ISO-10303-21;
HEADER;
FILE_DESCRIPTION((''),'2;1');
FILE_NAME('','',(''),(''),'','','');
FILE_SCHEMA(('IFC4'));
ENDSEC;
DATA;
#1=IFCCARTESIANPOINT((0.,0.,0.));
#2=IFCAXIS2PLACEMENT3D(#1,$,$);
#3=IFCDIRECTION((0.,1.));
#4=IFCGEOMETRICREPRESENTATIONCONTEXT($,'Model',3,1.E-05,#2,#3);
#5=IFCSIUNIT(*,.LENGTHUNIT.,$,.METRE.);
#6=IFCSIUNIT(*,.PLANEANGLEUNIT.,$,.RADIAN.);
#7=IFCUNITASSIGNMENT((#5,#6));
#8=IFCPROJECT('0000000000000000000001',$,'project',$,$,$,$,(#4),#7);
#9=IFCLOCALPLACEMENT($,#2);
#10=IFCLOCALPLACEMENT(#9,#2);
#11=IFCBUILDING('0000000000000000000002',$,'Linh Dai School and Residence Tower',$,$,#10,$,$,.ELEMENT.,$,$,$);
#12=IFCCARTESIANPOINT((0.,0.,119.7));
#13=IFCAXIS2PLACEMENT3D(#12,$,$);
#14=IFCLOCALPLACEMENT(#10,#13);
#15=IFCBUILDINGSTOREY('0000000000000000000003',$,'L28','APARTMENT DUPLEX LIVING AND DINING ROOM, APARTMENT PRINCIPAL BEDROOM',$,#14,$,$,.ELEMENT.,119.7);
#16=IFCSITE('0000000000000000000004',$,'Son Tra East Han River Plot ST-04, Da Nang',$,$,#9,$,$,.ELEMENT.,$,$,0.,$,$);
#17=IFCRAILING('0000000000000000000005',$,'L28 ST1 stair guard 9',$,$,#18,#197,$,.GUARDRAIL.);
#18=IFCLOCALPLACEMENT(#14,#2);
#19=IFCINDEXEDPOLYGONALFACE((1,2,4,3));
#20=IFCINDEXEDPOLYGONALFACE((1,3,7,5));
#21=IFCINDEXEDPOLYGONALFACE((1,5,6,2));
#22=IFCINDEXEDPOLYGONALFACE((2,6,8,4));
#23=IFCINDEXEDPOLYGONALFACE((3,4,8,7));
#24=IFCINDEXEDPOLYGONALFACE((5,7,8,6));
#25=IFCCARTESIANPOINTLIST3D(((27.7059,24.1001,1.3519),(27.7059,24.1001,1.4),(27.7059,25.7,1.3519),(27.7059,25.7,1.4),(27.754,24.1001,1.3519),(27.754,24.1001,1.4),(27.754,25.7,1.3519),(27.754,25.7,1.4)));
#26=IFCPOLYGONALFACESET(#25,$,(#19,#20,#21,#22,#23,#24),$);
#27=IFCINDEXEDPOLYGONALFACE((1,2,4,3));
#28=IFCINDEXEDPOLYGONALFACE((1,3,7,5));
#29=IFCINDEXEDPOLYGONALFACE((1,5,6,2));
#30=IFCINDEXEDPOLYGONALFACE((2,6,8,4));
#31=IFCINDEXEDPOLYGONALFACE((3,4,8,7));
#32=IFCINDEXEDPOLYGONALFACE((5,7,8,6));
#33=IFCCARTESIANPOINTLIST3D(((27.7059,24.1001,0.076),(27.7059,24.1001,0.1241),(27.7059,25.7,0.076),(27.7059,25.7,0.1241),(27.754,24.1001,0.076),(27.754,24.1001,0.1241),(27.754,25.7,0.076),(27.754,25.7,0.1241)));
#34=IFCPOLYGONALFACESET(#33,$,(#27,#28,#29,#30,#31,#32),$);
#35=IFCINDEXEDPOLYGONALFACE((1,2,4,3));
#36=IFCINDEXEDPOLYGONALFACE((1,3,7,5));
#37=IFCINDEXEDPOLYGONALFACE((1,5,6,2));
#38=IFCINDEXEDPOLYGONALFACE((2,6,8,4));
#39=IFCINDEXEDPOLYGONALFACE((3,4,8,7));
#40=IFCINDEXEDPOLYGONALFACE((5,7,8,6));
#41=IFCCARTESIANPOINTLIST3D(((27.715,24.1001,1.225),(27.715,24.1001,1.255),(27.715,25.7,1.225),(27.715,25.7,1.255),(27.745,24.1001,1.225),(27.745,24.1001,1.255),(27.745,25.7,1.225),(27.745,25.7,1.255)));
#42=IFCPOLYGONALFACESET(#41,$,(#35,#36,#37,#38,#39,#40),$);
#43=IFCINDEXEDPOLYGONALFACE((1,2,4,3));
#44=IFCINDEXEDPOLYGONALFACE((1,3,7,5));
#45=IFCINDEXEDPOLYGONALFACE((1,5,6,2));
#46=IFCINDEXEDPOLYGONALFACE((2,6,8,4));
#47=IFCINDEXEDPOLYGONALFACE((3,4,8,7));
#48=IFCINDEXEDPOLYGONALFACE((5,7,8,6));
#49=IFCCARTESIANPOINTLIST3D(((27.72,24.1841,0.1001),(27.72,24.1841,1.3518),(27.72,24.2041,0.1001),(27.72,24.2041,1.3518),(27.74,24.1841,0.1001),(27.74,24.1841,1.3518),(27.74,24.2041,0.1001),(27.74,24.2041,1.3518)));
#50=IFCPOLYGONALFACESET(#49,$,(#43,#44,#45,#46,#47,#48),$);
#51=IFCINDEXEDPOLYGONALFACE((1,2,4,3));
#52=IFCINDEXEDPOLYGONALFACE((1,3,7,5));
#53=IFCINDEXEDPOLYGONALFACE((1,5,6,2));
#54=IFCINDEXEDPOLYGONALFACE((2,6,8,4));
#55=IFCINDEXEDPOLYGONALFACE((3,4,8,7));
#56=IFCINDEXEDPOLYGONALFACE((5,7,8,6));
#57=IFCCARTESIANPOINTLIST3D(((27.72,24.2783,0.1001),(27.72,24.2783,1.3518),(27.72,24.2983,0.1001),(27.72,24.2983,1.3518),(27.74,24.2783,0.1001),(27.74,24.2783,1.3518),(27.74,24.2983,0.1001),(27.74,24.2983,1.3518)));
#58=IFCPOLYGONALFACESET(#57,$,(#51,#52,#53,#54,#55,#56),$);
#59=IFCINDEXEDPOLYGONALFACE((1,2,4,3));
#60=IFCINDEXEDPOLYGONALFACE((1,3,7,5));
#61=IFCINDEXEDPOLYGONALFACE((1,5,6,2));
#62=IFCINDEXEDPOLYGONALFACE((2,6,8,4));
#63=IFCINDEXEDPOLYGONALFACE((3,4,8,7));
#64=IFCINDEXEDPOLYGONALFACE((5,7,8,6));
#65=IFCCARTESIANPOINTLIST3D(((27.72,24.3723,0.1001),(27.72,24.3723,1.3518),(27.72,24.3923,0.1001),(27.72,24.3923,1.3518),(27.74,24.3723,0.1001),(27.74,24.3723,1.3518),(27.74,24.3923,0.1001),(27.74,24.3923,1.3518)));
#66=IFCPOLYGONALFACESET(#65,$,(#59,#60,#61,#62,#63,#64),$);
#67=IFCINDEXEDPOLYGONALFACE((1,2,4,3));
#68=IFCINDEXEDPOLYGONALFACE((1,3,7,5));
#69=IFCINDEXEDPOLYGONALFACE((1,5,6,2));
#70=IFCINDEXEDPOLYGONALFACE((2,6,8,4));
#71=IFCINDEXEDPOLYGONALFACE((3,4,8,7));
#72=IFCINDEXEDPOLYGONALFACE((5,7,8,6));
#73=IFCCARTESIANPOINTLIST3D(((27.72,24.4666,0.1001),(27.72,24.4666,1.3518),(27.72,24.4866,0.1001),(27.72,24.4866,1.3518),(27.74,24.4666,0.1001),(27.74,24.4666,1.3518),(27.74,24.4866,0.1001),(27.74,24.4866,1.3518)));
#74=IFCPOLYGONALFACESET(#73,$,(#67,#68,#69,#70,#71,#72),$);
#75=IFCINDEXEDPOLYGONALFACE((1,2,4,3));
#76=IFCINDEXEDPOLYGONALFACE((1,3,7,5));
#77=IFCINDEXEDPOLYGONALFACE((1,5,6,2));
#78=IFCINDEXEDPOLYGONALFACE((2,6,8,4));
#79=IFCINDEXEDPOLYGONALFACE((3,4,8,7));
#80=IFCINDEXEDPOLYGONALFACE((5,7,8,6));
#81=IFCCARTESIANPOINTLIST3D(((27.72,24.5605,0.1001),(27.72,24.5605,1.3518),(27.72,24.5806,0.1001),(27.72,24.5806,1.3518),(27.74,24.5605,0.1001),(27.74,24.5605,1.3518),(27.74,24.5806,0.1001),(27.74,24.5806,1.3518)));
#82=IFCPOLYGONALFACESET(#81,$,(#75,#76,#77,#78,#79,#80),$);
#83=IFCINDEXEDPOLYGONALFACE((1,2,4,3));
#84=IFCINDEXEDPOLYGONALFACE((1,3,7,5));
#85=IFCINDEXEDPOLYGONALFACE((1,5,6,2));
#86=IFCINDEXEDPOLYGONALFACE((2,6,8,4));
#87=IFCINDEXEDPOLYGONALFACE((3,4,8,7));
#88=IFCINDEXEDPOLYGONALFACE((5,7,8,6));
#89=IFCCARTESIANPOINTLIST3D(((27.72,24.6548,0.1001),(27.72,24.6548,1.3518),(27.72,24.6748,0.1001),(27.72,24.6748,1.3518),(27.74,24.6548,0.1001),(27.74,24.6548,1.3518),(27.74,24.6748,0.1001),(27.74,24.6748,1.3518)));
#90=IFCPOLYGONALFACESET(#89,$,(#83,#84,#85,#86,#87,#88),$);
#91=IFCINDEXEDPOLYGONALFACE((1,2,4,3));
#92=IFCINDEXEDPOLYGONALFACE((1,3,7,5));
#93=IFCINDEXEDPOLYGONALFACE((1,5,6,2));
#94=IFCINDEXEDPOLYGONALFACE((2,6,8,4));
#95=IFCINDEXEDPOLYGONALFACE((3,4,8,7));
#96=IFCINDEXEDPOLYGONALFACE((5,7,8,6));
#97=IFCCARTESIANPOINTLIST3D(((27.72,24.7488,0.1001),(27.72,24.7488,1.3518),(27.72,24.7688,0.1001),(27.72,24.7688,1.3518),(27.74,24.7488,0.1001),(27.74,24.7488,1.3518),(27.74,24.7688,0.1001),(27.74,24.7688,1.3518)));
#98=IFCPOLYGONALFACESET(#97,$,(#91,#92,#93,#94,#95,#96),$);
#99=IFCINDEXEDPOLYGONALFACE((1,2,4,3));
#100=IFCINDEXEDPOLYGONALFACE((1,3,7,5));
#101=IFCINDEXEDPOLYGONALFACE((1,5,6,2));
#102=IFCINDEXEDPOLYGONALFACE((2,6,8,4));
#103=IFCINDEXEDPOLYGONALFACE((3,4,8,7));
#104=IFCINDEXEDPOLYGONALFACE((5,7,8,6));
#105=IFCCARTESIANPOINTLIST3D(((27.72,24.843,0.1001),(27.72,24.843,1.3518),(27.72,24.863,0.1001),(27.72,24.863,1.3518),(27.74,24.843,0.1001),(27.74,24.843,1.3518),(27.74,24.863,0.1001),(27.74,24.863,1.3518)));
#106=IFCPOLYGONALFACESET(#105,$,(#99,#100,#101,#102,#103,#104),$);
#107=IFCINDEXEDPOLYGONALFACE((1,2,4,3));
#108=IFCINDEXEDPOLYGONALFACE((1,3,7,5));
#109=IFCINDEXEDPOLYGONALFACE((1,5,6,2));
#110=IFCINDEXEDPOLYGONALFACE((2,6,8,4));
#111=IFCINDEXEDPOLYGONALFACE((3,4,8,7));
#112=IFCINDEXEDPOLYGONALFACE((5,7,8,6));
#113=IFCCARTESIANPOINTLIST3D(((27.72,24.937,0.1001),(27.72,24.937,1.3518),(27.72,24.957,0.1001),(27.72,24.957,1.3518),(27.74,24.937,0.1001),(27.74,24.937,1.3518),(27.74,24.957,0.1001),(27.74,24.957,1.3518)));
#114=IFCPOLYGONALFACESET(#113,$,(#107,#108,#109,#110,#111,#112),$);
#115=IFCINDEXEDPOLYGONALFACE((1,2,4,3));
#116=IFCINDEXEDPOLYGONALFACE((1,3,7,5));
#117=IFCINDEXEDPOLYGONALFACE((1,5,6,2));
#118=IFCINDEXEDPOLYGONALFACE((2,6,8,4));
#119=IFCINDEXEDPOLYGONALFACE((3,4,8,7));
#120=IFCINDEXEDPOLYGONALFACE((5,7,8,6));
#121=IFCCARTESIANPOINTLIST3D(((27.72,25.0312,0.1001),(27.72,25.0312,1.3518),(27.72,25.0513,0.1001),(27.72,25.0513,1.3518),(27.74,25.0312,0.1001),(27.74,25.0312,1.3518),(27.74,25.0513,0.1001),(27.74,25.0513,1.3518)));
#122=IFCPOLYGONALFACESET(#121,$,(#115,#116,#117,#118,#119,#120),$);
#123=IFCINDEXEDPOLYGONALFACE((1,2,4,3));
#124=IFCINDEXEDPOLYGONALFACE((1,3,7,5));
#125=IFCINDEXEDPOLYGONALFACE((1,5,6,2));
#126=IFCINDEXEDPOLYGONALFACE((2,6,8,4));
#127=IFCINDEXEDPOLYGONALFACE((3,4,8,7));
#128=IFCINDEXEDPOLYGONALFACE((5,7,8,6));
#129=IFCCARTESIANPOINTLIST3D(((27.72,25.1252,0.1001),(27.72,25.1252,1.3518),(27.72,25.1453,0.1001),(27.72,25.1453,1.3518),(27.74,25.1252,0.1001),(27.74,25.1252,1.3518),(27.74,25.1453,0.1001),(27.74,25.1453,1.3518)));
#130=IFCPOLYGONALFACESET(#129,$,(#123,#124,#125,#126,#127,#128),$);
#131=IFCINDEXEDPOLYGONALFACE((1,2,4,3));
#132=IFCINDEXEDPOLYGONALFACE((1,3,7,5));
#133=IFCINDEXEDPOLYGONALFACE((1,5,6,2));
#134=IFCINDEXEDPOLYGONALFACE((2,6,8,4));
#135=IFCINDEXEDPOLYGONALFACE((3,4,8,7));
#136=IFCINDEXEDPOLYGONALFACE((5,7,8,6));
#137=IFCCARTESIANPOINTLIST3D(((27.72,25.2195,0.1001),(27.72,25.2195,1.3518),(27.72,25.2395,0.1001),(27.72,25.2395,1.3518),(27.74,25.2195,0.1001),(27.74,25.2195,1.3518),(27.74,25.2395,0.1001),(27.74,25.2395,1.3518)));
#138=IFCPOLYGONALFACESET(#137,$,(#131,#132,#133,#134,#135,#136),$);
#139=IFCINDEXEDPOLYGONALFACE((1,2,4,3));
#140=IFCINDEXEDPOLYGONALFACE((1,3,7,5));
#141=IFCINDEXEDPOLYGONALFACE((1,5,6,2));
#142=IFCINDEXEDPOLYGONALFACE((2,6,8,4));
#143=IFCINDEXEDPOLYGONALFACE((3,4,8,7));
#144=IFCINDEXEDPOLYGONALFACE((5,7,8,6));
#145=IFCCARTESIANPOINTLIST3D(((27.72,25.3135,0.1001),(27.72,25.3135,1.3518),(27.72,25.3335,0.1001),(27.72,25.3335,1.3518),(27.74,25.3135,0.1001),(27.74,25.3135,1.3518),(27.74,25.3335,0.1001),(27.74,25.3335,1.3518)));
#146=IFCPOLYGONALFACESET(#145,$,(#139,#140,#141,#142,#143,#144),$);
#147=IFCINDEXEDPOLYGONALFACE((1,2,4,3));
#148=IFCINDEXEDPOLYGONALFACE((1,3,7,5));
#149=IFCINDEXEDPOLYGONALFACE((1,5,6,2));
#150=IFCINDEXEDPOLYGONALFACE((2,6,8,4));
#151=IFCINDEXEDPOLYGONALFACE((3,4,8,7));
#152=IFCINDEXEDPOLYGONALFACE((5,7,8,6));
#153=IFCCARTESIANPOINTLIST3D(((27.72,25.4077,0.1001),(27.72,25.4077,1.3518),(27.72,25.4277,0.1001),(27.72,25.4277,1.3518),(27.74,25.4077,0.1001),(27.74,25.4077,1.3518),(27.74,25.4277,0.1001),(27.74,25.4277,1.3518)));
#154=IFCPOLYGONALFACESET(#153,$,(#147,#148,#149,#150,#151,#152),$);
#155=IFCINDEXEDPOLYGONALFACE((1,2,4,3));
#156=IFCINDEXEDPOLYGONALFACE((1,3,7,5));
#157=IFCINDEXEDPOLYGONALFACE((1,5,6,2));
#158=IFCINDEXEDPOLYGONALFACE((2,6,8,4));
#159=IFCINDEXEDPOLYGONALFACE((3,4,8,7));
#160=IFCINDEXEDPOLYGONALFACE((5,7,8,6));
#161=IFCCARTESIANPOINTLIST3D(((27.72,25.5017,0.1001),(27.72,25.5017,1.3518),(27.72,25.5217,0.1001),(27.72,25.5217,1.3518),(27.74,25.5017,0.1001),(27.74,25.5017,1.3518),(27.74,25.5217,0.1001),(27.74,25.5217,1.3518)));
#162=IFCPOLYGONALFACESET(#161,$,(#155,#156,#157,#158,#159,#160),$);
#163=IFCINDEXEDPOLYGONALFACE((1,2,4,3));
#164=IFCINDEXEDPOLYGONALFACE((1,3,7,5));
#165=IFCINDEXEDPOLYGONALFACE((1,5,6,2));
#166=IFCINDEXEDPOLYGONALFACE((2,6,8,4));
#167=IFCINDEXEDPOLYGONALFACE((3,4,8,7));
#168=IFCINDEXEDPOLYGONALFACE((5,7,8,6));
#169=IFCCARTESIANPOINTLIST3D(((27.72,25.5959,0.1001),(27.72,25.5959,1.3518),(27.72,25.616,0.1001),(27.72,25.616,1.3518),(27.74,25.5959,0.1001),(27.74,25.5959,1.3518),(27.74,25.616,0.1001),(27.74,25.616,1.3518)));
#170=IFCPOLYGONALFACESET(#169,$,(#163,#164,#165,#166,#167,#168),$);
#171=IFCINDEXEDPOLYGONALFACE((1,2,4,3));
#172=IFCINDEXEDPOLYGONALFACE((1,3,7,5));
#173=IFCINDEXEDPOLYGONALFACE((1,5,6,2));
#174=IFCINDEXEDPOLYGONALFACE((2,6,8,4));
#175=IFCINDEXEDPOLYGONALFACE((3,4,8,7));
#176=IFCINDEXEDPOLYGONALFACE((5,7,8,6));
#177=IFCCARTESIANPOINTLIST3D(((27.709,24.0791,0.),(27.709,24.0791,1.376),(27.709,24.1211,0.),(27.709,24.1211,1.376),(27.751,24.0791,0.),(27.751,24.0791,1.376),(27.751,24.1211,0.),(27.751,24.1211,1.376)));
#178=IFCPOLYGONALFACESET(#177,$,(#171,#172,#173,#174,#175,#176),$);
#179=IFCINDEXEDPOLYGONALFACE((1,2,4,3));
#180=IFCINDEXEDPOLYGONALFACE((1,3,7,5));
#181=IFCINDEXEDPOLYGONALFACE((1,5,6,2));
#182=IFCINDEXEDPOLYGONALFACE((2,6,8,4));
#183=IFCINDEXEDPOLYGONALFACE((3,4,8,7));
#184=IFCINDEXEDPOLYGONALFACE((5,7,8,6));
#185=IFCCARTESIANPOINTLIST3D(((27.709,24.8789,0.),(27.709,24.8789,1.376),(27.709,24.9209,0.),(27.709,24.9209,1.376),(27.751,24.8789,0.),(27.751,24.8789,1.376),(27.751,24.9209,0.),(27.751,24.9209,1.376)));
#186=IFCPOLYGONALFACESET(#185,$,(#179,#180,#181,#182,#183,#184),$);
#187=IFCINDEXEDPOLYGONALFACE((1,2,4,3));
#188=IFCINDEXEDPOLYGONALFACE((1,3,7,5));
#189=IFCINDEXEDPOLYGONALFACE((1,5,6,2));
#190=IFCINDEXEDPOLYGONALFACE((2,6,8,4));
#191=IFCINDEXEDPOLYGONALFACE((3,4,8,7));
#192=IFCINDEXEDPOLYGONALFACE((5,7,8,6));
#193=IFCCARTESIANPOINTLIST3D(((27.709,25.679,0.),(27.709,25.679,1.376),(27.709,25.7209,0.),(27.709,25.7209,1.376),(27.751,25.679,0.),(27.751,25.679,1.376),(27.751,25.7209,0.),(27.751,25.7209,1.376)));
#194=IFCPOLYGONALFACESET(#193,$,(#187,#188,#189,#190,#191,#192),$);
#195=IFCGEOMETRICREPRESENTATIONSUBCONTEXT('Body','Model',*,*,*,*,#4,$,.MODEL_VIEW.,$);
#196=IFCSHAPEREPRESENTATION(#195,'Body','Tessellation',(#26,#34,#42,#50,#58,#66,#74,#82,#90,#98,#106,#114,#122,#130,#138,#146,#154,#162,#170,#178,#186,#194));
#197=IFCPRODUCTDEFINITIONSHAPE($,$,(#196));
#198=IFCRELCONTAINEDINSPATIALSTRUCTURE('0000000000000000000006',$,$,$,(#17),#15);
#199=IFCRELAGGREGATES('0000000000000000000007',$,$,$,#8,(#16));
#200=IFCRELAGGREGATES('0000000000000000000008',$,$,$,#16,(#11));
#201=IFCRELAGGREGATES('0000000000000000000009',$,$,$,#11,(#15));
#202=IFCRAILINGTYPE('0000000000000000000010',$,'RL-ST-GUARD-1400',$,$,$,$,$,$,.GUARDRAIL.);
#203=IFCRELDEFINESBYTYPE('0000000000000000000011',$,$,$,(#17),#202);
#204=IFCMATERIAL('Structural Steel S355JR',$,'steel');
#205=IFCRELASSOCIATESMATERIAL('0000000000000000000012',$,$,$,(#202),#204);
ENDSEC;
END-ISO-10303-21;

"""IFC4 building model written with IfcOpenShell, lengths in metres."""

from ifc_helpers import new_model, si_unit, direction, frame, origin, origin_2d, place, context, subcontext, project, spatial, rectangle, extrude, source, transform, mapped, material, type_object, element, save


model = new_model("IFC4")

# Units and contexts
model_context = context("Model", 3, precision=1e-05, world=origin(), true_north=direction((0.0, 1.0)))
body_context = subcontext(model_context, "Body", "Model", "MODEL_VIEW")
ifc_project = project(units=[si_unit("LENGTHUNIT", "METRE"), si_unit("PLANEANGLEUNIT", "RADIAN")], contexts=[model_context])

# Site, building, storey
site_placement = place(None, origin())
site = spatial("IfcSite", under=ifc_project, at=site_placement, Name="Son Tra East Han River Plot ST-04, Da Nang", CompositionType="ELEMENT", RefElevation=0.0)
building_placement = place(site_placement, origin())
building = spatial("IfcBuilding", under=site, at=building_placement, Name="Linh Dai School and Residence Tower", CompositionType="ELEMENT")
storey_placement = place(building_placement, frame((0.0, 0.0, 119.7)))
storey = spatial("IfcBuildingStorey", under=building, at=storey_placement, Name="L28", Description="APARTMENT DUPLEX LIVING AND DINING ROOM, APARTMENT PRINCIPAL BEDROOM", CompositionType="ELEMENT", Elevation=119.7)

# Shared definitions
ifc_material_1 = material(Name="Structural Steel S355JR", Category="steel")

# Railing
railing_type = type_object("IfcRailingType", Name="RL-ST-GUARD-1400", PredefinedType="GUARDRAIL", material=ifc_material_1)
shared_shape_1 = source(origin(), body_context, "Body", "SweptSolid", [
    extrude(rectangle(XDim=0.0481, YDim=0.0481, at=origin_2d()), frame((0.0, 0.0, 1.376), z_axis=(0.0, 1.0, 0.0), x_axis=(-1.0, 0.0, 0.0)), (0.0, 0.0, 1.0), 1.5999),
    extrude(rectangle(XDim=0.0481, YDim=0.0481, at=origin_2d()), frame((0.0, 0.0, 0.1001), z_axis=(0.0, 1.0, 0.0), x_axis=(-1.0, 0.0, 0.0)), (0.0, 0.0, 1.0), 1.5999),
    extrude(rectangle(XDim=0.03, YDim=0.03, at=origin_2d()), frame((0.0, 0.0, 1.24), z_axis=(0.0, 1.0, 0.0), x_axis=(-1.0, 0.0, 0.0)), (0.0, 0.0, 1.0), 1.5999),
    extrude(rectangle(XDim=0.02, YDim=0.02, at=origin_2d()), frame((0.0, 0.094, 0.1001)), (0.0, 0.0, 1.0), 1.2517),
    extrude(rectangle(XDim=0.02, YDim=0.02, at=origin_2d()), frame((0.0, 0.1882, 0.1001)), (0.0, 0.0, 1.0), 1.2517),
    extrude(rectangle(XDim=0.02, YDim=0.02, at=origin_2d()), frame((0.0, 0.2822, 0.1001)), (0.0, 0.0, 1.0), 1.2517),
    extrude(rectangle(XDim=0.02, YDim=0.02, at=origin_2d()), frame((0.0, 0.3765, 0.1001)), (0.0, 0.0, 1.0), 1.2517),
    extrude(rectangle(XDim=0.02, YDim=0.02, at=origin_2d()), frame((0.0, 0.4705, 0.1001)), (0.0, 0.0, 1.0), 1.2517),
    extrude(rectangle(XDim=0.02, YDim=0.02, at=origin_2d()), frame((0.0, 0.5647, 0.1001)), (0.0, 0.0, 1.0), 1.2517),
    extrude(rectangle(XDim=0.02, YDim=0.02, at=origin_2d()), frame((0.0, 0.6587, 0.1001)), (0.0, 0.0, 1.0), 1.2517),
    extrude(rectangle(XDim=0.02, YDim=0.02, at=origin_2d()), frame((0.0, 0.7529, 0.1001)), (0.0, 0.0, 1.0), 1.2517),
    extrude(rectangle(XDim=0.02, YDim=0.02, at=origin_2d()), frame((0.0, 0.8469, 0.1001)), (0.0, 0.0, 1.0), 1.2517),
    extrude(rectangle(XDim=0.02, YDim=0.02, at=origin_2d()), frame((0.0, 0.9412, 0.1001)), (0.0, 0.0, 1.0), 1.2517),
    extrude(rectangle(XDim=0.02, YDim=0.02, at=origin_2d()), frame((0.0, 1.0352, 0.1001)), (0.0, 0.0, 1.0), 1.2517),
    extrude(rectangle(XDim=0.02, YDim=0.02, at=origin_2d()), frame((0.0, 1.1294, 0.1001)), (0.0, 0.0, 1.0), 1.2517),
    extrude(rectangle(XDim=0.02, YDim=0.02, at=origin_2d()), frame((0.0, 1.2234, 0.1001)), (0.0, 0.0, 1.0), 1.2517),
    extrude(rectangle(XDim=0.02, YDim=0.02, at=origin_2d()), frame((0.0, 1.3176, 0.1001)), (0.0, 0.0, 1.0), 1.2517),
    extrude(rectangle(XDim=0.02, YDim=0.02, at=origin_2d()), frame((0.0, 1.4116, 0.1001)), (0.0, 0.0, 1.0), 1.2517),
    extrude(rectangle(XDim=0.02, YDim=0.02, at=origin_2d()), frame((0.0, 1.5059, 0.1001)), (0.0, 0.0, 1.0), 1.2517),
    extrude(rectangle(XDim=0.042, YDim=0.042, at=origin_2d()), origin(), (0.0, 0.0, 1.0), 1.376),
    extrude(rectangle(XDim=0.042, YDim=0.042, at=origin_2d()), frame((0.0, 0.7998, 0.0)), (0.0, 0.0, 1.0), 1.376),
    extrude(rectangle(XDim=0.042, YDim=0.042, at=origin_2d()), frame((0.0, 1.5999, 0.0)), (0.0, 0.0, 1.0), 1.376),
])
for number, where, name in (
    (1, (27.73, 24.1001, 0.0), "L28 ST1 stair guard 9"),
):
    element("IfcRailing", number, at=place(storey_placement, frame(where)), inside=storey, type_object=railing_type, Name=name, PredefinedType="GUARDRAIL", context=body_context, shape_type="MappedRepresentation", body=[
        mapped(shared_shape_1, transform((0.0, 0.0, 0.0), x_axis=(1.0, 0.0, 0.0), y_axis=(0.0, 1.0, 0.0), z_axis=(0.0, 0.0, 1.0), scale=1.0)),
    ])

save(model, "model.ifc")
